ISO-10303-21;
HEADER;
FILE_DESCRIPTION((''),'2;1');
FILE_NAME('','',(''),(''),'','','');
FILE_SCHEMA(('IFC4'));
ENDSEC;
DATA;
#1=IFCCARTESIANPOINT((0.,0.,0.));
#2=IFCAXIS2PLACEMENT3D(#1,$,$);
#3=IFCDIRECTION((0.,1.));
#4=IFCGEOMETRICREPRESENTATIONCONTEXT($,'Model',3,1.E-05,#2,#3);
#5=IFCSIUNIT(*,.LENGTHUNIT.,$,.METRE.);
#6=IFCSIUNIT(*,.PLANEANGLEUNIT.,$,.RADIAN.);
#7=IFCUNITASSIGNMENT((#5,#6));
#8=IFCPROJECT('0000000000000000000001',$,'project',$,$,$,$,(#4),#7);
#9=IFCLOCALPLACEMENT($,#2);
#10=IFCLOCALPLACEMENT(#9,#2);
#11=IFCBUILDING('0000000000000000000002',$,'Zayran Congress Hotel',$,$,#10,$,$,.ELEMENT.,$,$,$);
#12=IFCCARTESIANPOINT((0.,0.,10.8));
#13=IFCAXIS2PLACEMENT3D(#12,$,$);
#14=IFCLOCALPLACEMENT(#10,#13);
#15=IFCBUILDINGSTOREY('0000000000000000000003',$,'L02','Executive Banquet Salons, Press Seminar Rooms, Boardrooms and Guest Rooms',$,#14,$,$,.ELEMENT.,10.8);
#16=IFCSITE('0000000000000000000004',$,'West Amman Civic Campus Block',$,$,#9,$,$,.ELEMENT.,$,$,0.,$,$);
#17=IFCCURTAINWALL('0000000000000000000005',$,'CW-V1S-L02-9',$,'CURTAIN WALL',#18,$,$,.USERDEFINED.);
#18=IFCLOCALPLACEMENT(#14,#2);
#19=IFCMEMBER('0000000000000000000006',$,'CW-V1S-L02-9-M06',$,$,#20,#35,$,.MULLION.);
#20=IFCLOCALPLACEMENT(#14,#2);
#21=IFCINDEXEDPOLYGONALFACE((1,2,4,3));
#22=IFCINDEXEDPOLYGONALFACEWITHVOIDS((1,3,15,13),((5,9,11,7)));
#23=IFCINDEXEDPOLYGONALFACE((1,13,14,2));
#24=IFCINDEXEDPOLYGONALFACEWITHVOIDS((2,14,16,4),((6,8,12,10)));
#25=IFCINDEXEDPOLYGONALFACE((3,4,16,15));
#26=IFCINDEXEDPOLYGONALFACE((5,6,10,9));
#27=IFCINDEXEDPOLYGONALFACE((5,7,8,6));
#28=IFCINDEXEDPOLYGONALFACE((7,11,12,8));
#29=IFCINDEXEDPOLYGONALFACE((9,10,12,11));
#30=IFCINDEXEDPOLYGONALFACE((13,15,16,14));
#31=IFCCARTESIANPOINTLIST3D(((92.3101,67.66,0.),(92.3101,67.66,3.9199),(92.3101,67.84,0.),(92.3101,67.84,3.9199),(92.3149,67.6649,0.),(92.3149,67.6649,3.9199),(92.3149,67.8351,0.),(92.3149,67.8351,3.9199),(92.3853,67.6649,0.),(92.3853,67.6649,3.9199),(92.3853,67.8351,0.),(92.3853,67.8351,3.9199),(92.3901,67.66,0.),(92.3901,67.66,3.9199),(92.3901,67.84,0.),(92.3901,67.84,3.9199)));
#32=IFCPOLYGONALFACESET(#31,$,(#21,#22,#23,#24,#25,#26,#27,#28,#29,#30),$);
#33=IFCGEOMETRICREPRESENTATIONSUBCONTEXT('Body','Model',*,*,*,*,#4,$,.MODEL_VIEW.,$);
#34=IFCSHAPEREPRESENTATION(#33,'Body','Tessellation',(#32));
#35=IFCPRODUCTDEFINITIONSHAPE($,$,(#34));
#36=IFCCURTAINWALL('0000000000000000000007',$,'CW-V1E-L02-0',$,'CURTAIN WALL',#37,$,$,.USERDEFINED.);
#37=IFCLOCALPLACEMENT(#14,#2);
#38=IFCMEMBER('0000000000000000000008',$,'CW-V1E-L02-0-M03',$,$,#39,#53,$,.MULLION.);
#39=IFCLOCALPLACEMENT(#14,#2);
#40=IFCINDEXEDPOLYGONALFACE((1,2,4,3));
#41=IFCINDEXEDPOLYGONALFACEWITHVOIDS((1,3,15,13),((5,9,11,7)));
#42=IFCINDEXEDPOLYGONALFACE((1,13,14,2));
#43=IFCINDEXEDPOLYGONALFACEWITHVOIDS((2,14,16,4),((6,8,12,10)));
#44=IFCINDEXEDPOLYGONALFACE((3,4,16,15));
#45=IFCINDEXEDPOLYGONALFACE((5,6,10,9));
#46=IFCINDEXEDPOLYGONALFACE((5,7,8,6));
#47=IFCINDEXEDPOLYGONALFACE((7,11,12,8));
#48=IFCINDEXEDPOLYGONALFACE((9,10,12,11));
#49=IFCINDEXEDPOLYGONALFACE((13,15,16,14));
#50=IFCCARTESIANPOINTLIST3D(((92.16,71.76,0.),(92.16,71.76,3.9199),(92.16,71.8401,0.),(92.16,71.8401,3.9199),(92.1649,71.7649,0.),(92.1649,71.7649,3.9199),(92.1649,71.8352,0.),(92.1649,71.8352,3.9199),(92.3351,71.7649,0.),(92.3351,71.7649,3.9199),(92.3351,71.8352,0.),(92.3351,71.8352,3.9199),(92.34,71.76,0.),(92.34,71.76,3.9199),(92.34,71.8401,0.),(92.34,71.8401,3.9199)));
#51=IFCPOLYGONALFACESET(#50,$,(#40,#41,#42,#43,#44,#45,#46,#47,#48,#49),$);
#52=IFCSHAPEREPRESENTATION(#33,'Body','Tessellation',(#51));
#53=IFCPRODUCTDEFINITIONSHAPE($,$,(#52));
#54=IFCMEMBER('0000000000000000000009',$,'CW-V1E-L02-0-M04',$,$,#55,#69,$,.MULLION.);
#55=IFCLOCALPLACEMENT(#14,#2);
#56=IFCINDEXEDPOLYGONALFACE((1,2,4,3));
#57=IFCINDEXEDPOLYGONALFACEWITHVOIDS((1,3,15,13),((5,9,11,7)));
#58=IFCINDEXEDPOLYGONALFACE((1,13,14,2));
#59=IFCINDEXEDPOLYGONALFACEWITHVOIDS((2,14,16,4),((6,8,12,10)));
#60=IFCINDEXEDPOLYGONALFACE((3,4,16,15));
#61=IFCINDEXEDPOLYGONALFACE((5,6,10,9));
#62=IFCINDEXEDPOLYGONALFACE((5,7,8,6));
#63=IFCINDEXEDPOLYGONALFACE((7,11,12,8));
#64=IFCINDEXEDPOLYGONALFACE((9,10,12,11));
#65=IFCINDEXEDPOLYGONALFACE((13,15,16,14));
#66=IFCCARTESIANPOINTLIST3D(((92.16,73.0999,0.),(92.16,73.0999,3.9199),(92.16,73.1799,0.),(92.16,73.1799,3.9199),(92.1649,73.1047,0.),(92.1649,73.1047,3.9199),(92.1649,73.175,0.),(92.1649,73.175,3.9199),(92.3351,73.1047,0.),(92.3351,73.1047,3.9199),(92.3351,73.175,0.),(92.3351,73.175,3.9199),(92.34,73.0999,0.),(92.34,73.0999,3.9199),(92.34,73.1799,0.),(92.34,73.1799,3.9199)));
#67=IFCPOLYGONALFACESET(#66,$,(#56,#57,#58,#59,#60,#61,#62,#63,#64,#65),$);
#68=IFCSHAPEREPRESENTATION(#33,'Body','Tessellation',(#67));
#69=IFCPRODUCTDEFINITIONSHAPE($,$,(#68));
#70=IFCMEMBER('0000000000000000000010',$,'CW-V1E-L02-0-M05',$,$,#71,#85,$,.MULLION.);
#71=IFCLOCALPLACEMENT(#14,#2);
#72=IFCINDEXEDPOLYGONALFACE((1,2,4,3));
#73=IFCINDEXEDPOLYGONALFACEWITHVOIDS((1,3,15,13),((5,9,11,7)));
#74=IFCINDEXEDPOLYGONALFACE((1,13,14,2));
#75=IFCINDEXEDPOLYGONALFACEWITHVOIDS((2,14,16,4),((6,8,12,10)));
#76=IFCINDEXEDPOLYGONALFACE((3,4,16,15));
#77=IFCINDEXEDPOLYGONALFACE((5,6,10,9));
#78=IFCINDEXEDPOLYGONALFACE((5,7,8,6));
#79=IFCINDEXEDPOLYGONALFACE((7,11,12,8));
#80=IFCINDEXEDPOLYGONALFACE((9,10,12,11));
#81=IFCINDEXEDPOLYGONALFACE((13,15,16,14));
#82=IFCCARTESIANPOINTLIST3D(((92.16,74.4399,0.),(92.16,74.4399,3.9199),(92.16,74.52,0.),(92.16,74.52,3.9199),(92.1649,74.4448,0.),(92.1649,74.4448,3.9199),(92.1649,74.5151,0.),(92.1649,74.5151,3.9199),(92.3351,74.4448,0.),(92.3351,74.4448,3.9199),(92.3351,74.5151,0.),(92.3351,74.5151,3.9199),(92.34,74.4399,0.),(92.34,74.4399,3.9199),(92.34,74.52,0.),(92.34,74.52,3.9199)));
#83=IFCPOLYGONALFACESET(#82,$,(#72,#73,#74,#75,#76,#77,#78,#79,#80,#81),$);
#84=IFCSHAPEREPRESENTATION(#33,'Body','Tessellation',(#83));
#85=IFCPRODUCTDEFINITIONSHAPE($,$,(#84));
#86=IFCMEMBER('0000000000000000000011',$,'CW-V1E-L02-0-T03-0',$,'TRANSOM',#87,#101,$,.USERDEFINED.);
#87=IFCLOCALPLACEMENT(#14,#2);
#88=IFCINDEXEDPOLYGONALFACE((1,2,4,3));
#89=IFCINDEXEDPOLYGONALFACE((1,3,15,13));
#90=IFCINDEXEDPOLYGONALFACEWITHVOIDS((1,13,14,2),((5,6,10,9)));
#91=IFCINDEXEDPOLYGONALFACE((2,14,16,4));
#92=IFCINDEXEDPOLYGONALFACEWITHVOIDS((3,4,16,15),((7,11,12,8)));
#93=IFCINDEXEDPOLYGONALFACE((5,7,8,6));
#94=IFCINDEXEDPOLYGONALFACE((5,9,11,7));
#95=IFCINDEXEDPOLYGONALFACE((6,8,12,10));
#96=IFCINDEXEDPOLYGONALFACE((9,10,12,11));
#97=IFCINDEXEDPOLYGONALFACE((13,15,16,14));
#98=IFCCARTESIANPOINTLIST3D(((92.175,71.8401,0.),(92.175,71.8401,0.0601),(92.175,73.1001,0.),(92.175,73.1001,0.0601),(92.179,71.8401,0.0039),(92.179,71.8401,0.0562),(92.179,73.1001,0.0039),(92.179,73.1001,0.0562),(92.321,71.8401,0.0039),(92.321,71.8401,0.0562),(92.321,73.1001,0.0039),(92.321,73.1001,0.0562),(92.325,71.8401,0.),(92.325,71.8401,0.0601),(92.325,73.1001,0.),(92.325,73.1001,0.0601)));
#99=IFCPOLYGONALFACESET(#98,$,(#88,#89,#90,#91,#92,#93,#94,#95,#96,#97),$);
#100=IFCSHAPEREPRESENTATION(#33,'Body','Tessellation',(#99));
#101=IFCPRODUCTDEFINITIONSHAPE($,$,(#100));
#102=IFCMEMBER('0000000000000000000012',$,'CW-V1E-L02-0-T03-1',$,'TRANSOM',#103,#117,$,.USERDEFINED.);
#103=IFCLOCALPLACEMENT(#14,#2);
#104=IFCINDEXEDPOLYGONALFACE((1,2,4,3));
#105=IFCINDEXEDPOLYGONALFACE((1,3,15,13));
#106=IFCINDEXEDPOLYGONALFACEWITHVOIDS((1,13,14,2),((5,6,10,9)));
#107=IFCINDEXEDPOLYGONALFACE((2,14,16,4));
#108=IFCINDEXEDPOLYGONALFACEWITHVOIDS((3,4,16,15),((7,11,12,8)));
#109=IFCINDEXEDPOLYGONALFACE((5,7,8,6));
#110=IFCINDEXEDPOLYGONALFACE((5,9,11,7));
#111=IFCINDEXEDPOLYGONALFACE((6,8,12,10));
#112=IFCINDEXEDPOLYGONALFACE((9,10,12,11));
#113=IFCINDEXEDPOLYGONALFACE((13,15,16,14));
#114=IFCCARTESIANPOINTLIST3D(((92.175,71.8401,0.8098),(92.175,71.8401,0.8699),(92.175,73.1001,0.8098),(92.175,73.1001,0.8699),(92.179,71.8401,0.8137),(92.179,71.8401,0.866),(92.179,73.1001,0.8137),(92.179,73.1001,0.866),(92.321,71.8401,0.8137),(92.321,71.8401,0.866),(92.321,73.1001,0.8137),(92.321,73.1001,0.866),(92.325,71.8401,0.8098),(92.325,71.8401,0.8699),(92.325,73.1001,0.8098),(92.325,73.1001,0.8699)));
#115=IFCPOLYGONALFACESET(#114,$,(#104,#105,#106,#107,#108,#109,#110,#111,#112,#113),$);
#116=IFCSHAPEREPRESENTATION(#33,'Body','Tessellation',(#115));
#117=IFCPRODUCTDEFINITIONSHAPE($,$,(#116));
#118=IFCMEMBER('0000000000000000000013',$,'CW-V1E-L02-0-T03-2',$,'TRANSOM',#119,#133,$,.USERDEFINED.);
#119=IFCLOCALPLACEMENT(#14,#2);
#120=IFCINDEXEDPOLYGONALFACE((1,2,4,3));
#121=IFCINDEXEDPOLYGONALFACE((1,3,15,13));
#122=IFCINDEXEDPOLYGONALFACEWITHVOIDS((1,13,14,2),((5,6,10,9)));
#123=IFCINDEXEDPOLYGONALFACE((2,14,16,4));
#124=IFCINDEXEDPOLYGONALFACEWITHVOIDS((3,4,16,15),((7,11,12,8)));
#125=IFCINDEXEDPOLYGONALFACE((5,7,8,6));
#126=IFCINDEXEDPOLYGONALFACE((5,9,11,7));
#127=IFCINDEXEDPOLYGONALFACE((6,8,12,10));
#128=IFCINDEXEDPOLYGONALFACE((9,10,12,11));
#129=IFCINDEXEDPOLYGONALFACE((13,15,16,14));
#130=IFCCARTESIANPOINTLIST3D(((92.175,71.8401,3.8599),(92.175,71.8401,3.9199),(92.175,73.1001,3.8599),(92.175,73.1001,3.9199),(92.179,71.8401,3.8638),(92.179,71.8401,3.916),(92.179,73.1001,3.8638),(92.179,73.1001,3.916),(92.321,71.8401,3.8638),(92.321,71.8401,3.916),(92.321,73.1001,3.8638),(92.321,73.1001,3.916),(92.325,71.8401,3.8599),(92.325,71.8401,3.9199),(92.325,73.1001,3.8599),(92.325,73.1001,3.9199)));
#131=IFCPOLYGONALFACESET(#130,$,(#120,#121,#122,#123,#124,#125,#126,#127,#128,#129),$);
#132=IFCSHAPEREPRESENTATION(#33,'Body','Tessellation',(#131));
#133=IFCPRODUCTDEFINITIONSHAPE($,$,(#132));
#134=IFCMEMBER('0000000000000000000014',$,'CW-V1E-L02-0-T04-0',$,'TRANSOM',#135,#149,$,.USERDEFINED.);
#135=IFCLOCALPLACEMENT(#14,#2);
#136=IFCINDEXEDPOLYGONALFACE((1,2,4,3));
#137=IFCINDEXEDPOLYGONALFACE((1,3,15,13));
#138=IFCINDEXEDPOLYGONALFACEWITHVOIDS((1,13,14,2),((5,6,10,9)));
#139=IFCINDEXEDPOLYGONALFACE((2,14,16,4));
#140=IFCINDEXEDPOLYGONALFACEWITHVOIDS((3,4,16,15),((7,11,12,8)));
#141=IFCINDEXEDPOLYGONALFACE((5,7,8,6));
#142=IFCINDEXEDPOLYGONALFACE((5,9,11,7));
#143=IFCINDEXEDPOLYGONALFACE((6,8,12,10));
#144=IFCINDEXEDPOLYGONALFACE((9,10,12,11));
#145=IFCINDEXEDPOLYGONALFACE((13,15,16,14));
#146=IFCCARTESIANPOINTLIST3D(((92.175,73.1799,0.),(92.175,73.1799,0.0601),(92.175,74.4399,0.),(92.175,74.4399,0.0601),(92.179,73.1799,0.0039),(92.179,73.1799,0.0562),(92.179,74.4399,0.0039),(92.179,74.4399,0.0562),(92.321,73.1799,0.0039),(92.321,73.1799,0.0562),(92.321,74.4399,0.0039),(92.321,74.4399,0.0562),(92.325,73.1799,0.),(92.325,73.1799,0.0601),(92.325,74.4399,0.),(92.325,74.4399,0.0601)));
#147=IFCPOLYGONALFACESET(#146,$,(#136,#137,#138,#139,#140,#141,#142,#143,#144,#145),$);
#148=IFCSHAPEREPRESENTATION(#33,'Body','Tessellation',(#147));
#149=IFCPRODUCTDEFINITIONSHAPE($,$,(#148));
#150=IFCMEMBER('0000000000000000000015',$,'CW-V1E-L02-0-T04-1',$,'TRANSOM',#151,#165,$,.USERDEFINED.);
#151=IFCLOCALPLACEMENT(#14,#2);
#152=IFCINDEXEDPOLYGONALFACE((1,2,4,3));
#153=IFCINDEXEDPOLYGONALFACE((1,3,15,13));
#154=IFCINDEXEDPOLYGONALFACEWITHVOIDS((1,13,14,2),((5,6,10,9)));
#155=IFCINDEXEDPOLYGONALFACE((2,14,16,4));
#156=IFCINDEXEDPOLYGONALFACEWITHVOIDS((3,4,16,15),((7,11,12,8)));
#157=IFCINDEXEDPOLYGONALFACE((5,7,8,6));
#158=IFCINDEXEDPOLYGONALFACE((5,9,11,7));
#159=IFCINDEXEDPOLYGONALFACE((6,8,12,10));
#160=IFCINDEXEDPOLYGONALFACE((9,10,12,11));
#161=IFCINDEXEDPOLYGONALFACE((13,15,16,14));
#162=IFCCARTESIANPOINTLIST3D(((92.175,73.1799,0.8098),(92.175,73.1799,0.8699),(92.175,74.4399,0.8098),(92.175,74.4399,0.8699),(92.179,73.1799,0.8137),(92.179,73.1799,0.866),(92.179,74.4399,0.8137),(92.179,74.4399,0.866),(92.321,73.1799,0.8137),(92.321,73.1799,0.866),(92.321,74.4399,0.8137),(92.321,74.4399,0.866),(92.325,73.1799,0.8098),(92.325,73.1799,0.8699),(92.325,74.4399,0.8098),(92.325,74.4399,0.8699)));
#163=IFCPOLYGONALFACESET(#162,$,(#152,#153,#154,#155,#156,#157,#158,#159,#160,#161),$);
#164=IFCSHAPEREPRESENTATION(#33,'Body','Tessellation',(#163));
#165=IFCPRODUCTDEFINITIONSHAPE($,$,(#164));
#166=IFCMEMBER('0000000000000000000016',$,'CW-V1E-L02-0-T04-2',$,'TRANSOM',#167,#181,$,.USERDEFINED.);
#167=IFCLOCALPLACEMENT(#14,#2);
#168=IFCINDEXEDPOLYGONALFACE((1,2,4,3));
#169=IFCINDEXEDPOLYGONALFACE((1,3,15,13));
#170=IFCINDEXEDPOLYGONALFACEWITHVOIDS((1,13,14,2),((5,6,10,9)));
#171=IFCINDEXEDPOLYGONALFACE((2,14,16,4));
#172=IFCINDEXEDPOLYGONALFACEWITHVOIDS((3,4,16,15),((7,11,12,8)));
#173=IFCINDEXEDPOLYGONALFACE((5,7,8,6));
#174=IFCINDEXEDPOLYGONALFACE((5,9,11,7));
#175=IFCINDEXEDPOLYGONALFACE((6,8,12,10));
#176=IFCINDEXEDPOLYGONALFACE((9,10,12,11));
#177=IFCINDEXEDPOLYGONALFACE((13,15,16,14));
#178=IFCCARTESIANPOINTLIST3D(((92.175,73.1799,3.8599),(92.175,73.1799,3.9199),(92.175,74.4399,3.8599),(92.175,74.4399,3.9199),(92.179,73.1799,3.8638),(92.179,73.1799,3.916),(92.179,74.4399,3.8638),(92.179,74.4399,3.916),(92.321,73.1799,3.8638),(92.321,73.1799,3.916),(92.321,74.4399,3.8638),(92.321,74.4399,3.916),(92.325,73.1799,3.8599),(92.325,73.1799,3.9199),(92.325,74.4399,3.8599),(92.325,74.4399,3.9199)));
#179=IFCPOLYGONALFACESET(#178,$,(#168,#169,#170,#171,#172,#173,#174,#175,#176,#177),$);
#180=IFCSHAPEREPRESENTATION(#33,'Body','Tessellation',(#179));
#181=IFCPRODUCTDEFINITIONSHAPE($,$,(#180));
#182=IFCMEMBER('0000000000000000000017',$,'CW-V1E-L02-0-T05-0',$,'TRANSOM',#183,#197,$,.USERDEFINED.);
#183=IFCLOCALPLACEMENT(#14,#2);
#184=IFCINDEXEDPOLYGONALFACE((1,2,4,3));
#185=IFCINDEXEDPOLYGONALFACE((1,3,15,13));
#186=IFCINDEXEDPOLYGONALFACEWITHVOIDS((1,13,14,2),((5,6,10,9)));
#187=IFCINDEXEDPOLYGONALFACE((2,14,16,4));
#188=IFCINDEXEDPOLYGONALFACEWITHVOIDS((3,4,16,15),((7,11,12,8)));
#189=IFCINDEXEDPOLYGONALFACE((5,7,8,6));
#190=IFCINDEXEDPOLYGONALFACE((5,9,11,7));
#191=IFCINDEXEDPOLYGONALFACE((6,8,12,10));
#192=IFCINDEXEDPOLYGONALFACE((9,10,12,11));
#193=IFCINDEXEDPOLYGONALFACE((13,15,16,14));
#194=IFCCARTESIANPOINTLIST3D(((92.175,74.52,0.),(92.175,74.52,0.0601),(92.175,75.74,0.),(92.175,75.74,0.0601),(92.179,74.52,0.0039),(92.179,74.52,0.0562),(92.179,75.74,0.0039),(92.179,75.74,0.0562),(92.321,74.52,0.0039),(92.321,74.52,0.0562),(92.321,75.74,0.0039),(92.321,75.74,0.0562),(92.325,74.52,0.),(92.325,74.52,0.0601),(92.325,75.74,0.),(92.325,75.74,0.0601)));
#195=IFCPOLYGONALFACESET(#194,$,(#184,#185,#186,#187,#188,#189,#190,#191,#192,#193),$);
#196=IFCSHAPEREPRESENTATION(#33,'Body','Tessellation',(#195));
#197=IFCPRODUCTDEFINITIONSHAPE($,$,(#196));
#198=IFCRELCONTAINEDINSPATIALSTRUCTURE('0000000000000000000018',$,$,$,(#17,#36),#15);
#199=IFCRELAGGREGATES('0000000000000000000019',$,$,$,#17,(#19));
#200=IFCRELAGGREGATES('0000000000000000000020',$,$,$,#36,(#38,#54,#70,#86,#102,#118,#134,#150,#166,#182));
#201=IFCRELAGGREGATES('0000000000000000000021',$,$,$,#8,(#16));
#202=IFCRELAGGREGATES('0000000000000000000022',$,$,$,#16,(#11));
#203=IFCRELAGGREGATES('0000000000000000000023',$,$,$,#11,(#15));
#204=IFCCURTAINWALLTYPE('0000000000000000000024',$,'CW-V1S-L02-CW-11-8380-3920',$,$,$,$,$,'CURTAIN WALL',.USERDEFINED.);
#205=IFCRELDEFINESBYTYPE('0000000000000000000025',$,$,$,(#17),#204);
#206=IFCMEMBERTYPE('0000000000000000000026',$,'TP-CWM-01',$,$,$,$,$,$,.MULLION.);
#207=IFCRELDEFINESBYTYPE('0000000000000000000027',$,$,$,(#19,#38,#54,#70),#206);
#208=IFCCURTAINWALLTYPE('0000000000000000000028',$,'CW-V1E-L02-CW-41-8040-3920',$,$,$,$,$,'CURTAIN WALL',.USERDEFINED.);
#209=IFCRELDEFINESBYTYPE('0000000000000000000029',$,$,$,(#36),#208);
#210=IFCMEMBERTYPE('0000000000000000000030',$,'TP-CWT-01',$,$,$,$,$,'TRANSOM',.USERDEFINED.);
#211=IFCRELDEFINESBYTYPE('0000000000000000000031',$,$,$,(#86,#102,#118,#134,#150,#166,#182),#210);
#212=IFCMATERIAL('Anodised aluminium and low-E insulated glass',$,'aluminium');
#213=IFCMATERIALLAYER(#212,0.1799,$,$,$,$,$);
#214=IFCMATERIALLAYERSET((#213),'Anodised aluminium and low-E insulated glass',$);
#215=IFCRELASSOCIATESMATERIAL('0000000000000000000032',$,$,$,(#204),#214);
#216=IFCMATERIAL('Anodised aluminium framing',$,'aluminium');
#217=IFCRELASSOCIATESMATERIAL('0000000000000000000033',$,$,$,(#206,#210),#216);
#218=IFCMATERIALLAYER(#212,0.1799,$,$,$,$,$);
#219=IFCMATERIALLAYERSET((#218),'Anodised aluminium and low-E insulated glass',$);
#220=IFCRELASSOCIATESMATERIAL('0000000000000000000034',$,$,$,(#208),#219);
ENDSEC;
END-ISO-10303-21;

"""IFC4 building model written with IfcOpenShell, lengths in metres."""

from ifc_helpers import new_model, si_unit, direction, frame, origin, origin_2d, place, context, subcontext, project, spatial, hollow_rectangle, extrude, material, layer, layer_set, material_profile, profile_set, type_object, element, aggregate, save


model = new_model("IFC4")

# Units and contexts
model_context = context("Model", 3, precision=1e-05, world=origin(), true_north=direction((0.0, 1.0)))
body_context = subcontext(model_context, "Body", "Model", "MODEL_VIEW")
ifc_project = project(units=[si_unit("LENGTHUNIT", "METRE"), si_unit("PLANEANGLEUNIT", "RADIAN")], contexts=[model_context])

# Site, building, storey
site_placement = place(None, origin())
site = spatial("IfcSite", under=ifc_project, at=site_placement, Name="West Amman Civic Campus Block", CompositionType="ELEMENT", RefElevation=0.0)
building_placement = place(site_placement, origin())
building = spatial("IfcBuilding", under=site, at=building_placement, Name="Zayran Congress Hotel", CompositionType="ELEMENT")
storey_placement = place(building_placement, frame((0.0, 0.0, 10.8)))
storey = spatial("IfcBuildingStorey", under=building, at=storey_placement, Name="L02", Description="Executive Banquet Salons, Press Seminar Rooms, Boardrooms and Guest Rooms", CompositionType="ELEMENT", Elevation=10.8)

# Curtain wall, member
ifc_material_1 = material(Name="Anodised aluminium and low-E insulated glass", Category="aluminium")
ifc_layer_1 = layer(ifc_material_1, 0.1799)
ifc_layer_set_1 = layer_set([ifc_layer_1], Name="Anodised aluminium and low-E insulated glass")
curtain_wall_type_1 = type_object("IfcCurtainWallType", Name="CW-V1S-L02-CW-11-8380-3920", ElementType="CURTAIN WALL", PredefinedType="USERDEFINED", material=ifc_layer_set_1)
curtain_wall_1_placement = place(storey_placement, origin())
curtain_wall_1 = element("IfcCurtainWall", 1, at=curtain_wall_1_placement, inside=storey, type_object=curtain_wall_type_1, Name="CW-V1S-L02-9", ObjectType="CURTAIN WALL", PredefinedType="USERDEFINED")
ifc_material_2 = material(Name="Anodised aluminium framing", Category="aluminium")
ifc_material_profile_1 = material_profile(ifc_material_2, hollow_rectangle(XDim=0.0801, YDim=0.1799, WallThickness=0.0049, at=origin_2d()), Name="RHS 180x80x5")
ifc_profile_set_1 = profile_set([ifc_material_profile_1], Name="Anodised aluminium framing")
member_type_1 = type_object("IfcMemberType", Name="TP-CWM-01", PredefinedType="MULLION", material=ifc_profile_set_1)
member_1_placement = place(storey_placement, frame((92.3501, 67.75, 0.0), z_axis=(0.0, 0.0, 1.0), x_axis=(1.0, 0.0, 0.0)))
member_1 = element("IfcMember", 2, at=member_1_placement, type_object=member_type_1, Name="CW-V1S-L02-9-M06", PredefinedType="MULLION", context=body_context, shape_type="SweptSolid", body=[
    extrude(hollow_rectangle(XDim=0.0801, YDim=0.1799, WallThickness=0.0049, at=origin_2d()), origin(), (0.0, 0.0, 1.0), 3.9199),
])
aggregate(curtain_wall_1, [member_1])

# Curtain wall, members
ifc_layer_2 = layer(ifc_material_1, 0.1799)
ifc_layer_set_2 = layer_set([ifc_layer_2], Name="Anodised aluminium and low-E insulated glass")
curtain_wall_type_2 = type_object("IfcCurtainWallType", Name="CW-V1E-L02-CW-41-8040-3920", ElementType="CURTAIN WALL", PredefinedType="USERDEFINED", material=ifc_layer_set_2)
curtain_wall_2_placement = place(storey_placement, origin())
curtain_wall_2 = element("IfcCurtainWall", 3, at=curtain_wall_2_placement, inside=storey, type_object=curtain_wall_type_2, Name="CW-V1E-L02-0", ObjectType="CURTAIN WALL", PredefinedType="USERDEFINED")
member_2_placement = place(storey_placement, frame((92.25, 71.8, 0.0), z_axis=(0.0, 0.0, 1.0), x_axis=(0.0, 1.0, 0.0)))
member_2 = element("IfcMember", 4, at=member_2_placement, type_object=member_type_1, Name="CW-V1E-L02-0-M03", PredefinedType="MULLION", context=body_context, shape_type="SweptSolid", body=[
    extrude(hollow_rectangle(XDim=0.0801, YDim=0.1799, WallThickness=0.0049, at=origin_2d()), origin(), (0.0, 0.0, 1.0), 3.9199),
])
member_3_placement = place(storey_placement, frame((92.25, 73.1399, 0.0), z_axis=(0.0, 0.0, 1.0), x_axis=(0.0, 1.0, 0.0)))
member_3 = element("IfcMember", 5, at=member_3_placement, type_object=member_type_1, Name="CW-V1E-L02-0-M04", PredefinedType="MULLION", context=body_context, shape_type="SweptSolid", body=[
    extrude(hollow_rectangle(XDim=0.0801, YDim=0.1799, WallThickness=0.0049, at=origin_2d()), origin(), (0.0, 0.0, 1.0), 3.9199),
])
member_4_placement = place(storey_placement, frame((92.25, 74.48, 0.0), z_axis=(0.0, 0.0, 1.0), x_axis=(0.0, 1.0, 0.0)))
member_4 = element("IfcMember", 6, at=member_4_placement, type_object=member_type_1, Name="CW-V1E-L02-0-M05", PredefinedType="MULLION", context=body_context, shape_type="SweptSolid", body=[
    extrude(hollow_rectangle(XDim=0.0801, YDim=0.1799, WallThickness=0.0049, at=origin_2d()), origin(), (0.0, 0.0, 1.0), 3.9199),
])
ifc_material_profile_2 = material_profile(ifc_material_2, hollow_rectangle(XDim=0.0601, YDim=0.1499, WallThickness=0.0039, at=origin_2d()), Name="RHS 150x60x4")
ifc_profile_set_2 = profile_set([ifc_material_profile_2], Name="Anodised aluminium framing")
member_type_2 = type_object("IfcMemberType", Name="TP-CWT-01", ElementType="TRANSOM", PredefinedType="USERDEFINED", material=ifc_profile_set_2)
member_5_placement = place(storey_placement, frame((92.25, 71.8401, 0.03), z_axis=(0.0, 1.0, 0.0), x_axis=(0.0, 0.0, 1.0)))
member_5 = element("IfcMember", 7, at=member_5_placement, type_object=member_type_2, Name="CW-V1E-L02-0-T03-0", ObjectType="TRANSOM", PredefinedType="USERDEFINED", context=body_context, shape_type="SweptSolid", body=[
    extrude(hollow_rectangle(XDim=0.0601, YDim=0.1499, WallThickness=0.0039, at=origin_2d()), origin(), (0.0, 0.0, 1.0), 1.26),
])
member_6_placement = place(storey_placement, frame((92.25, 71.8401, 0.8398), z_axis=(0.0, 1.0, 0.0), x_axis=(0.0, 0.0, 1.0)))
member_6 = element("IfcMember", 8, at=member_6_placement, type_object=member_type_2, Name="CW-V1E-L02-0-T03-1", ObjectType="TRANSOM", PredefinedType="USERDEFINED", context=body_context, shape_type="SweptSolid", body=[
    extrude(hollow_rectangle(XDim=0.0601, YDim=0.1499, WallThickness=0.0039, at=origin_2d()), origin(), (0.0, 0.0, 1.0), 1.26),
])
member_7_placement = place(storey_placement, frame((92.25, 71.8401, 3.8899), z_axis=(0.0, 1.0, 0.0), x_axis=(0.0, 0.0, 1.0)))
member_7 = element("IfcMember", 9, at=member_7_placement, type_object=member_type_2, Name="CW-V1E-L02-0-T03-2", ObjectType="TRANSOM", PredefinedType="USERDEFINED", context=body_context, shape_type="SweptSolid", body=[
    extrude(hollow_rectangle(XDim=0.0601, YDim=0.1499, WallThickness=0.0039, at=origin_2d()), origin(), (0.0, 0.0, 1.0), 1.26),
])
member_8_placement = place(storey_placement, frame((92.25, 73.1799, 0.03), z_axis=(0.0, 1.0, 0.0), x_axis=(0.0, 0.0, 1.0)))
member_8 = element("IfcMember", 10, at=member_8_placement, type_object=member_type_2, Name="CW-V1E-L02-0-T04-0", ObjectType="TRANSOM", PredefinedType="USERDEFINED", context=body_context, shape_type="SweptSolid", body=[
    extrude(hollow_rectangle(XDim=0.0601, YDim=0.1499, WallThickness=0.0039, at=origin_2d()), origin(), (0.0, 0.0, 1.0), 1.26),
])
member_9_placement = place(storey_placement, frame((92.25, 73.1799, 0.8398), z_axis=(0.0, 1.0, 0.0), x_axis=(0.0, 0.0, 1.0)))
member_9 = element("IfcMember", 11, at=member_9_placement, type_object=member_type_2, Name="CW-V1E-L02-0-T04-1", ObjectType="TRANSOM", PredefinedType="USERDEFINED", context=body_context, shape_type="SweptSolid", body=[
    extrude(hollow_rectangle(XDim=0.0601, YDim=0.1499, WallThickness=0.0039, at=origin_2d()), origin(), (0.0, 0.0, 1.0), 1.26),
])
member_10_placement = place(storey_placement, frame((92.25, 73.1799, 3.8899), z_axis=(0.0, 1.0, 0.0), x_axis=(0.0, 0.0, 1.0)))
member_10 = element("IfcMember", 12, at=member_10_placement, type_object=member_type_2, Name="CW-V1E-L02-0-T04-2", ObjectType="TRANSOM", PredefinedType="USERDEFINED", context=body_context, shape_type="SweptSolid", body=[
    extrude(hollow_rectangle(XDim=0.0601, YDim=0.1499, WallThickness=0.0039, at=origin_2d()), origin(), (0.0, 0.0, 1.0), 1.26),
])
member_11_placement = place(storey_placement, frame((92.25, 74.52, 0.03), z_axis=(0.0, 1.0, 0.0), x_axis=(0.0, 0.0, 1.0)))
member_11 = element("IfcMember", 13, at=member_11_placement, type_object=member_type_2, Name="CW-V1E-L02-0-T05-0", ObjectType="TRANSOM", PredefinedType="USERDEFINED", context=body_context, shape_type="SweptSolid", body=[
    extrude(hollow_rectangle(XDim=0.0601, YDim=0.1499, WallThickness=0.0039, at=origin_2d()), origin(), (0.0, 0.0, 1.0), 1.22),
])
aggregate(curtain_wall_2, [member_2, member_3, member_4, member_5, member_6, member_7, member_8, member_9, member_10, member_11])

save(model, "model.ifc")
